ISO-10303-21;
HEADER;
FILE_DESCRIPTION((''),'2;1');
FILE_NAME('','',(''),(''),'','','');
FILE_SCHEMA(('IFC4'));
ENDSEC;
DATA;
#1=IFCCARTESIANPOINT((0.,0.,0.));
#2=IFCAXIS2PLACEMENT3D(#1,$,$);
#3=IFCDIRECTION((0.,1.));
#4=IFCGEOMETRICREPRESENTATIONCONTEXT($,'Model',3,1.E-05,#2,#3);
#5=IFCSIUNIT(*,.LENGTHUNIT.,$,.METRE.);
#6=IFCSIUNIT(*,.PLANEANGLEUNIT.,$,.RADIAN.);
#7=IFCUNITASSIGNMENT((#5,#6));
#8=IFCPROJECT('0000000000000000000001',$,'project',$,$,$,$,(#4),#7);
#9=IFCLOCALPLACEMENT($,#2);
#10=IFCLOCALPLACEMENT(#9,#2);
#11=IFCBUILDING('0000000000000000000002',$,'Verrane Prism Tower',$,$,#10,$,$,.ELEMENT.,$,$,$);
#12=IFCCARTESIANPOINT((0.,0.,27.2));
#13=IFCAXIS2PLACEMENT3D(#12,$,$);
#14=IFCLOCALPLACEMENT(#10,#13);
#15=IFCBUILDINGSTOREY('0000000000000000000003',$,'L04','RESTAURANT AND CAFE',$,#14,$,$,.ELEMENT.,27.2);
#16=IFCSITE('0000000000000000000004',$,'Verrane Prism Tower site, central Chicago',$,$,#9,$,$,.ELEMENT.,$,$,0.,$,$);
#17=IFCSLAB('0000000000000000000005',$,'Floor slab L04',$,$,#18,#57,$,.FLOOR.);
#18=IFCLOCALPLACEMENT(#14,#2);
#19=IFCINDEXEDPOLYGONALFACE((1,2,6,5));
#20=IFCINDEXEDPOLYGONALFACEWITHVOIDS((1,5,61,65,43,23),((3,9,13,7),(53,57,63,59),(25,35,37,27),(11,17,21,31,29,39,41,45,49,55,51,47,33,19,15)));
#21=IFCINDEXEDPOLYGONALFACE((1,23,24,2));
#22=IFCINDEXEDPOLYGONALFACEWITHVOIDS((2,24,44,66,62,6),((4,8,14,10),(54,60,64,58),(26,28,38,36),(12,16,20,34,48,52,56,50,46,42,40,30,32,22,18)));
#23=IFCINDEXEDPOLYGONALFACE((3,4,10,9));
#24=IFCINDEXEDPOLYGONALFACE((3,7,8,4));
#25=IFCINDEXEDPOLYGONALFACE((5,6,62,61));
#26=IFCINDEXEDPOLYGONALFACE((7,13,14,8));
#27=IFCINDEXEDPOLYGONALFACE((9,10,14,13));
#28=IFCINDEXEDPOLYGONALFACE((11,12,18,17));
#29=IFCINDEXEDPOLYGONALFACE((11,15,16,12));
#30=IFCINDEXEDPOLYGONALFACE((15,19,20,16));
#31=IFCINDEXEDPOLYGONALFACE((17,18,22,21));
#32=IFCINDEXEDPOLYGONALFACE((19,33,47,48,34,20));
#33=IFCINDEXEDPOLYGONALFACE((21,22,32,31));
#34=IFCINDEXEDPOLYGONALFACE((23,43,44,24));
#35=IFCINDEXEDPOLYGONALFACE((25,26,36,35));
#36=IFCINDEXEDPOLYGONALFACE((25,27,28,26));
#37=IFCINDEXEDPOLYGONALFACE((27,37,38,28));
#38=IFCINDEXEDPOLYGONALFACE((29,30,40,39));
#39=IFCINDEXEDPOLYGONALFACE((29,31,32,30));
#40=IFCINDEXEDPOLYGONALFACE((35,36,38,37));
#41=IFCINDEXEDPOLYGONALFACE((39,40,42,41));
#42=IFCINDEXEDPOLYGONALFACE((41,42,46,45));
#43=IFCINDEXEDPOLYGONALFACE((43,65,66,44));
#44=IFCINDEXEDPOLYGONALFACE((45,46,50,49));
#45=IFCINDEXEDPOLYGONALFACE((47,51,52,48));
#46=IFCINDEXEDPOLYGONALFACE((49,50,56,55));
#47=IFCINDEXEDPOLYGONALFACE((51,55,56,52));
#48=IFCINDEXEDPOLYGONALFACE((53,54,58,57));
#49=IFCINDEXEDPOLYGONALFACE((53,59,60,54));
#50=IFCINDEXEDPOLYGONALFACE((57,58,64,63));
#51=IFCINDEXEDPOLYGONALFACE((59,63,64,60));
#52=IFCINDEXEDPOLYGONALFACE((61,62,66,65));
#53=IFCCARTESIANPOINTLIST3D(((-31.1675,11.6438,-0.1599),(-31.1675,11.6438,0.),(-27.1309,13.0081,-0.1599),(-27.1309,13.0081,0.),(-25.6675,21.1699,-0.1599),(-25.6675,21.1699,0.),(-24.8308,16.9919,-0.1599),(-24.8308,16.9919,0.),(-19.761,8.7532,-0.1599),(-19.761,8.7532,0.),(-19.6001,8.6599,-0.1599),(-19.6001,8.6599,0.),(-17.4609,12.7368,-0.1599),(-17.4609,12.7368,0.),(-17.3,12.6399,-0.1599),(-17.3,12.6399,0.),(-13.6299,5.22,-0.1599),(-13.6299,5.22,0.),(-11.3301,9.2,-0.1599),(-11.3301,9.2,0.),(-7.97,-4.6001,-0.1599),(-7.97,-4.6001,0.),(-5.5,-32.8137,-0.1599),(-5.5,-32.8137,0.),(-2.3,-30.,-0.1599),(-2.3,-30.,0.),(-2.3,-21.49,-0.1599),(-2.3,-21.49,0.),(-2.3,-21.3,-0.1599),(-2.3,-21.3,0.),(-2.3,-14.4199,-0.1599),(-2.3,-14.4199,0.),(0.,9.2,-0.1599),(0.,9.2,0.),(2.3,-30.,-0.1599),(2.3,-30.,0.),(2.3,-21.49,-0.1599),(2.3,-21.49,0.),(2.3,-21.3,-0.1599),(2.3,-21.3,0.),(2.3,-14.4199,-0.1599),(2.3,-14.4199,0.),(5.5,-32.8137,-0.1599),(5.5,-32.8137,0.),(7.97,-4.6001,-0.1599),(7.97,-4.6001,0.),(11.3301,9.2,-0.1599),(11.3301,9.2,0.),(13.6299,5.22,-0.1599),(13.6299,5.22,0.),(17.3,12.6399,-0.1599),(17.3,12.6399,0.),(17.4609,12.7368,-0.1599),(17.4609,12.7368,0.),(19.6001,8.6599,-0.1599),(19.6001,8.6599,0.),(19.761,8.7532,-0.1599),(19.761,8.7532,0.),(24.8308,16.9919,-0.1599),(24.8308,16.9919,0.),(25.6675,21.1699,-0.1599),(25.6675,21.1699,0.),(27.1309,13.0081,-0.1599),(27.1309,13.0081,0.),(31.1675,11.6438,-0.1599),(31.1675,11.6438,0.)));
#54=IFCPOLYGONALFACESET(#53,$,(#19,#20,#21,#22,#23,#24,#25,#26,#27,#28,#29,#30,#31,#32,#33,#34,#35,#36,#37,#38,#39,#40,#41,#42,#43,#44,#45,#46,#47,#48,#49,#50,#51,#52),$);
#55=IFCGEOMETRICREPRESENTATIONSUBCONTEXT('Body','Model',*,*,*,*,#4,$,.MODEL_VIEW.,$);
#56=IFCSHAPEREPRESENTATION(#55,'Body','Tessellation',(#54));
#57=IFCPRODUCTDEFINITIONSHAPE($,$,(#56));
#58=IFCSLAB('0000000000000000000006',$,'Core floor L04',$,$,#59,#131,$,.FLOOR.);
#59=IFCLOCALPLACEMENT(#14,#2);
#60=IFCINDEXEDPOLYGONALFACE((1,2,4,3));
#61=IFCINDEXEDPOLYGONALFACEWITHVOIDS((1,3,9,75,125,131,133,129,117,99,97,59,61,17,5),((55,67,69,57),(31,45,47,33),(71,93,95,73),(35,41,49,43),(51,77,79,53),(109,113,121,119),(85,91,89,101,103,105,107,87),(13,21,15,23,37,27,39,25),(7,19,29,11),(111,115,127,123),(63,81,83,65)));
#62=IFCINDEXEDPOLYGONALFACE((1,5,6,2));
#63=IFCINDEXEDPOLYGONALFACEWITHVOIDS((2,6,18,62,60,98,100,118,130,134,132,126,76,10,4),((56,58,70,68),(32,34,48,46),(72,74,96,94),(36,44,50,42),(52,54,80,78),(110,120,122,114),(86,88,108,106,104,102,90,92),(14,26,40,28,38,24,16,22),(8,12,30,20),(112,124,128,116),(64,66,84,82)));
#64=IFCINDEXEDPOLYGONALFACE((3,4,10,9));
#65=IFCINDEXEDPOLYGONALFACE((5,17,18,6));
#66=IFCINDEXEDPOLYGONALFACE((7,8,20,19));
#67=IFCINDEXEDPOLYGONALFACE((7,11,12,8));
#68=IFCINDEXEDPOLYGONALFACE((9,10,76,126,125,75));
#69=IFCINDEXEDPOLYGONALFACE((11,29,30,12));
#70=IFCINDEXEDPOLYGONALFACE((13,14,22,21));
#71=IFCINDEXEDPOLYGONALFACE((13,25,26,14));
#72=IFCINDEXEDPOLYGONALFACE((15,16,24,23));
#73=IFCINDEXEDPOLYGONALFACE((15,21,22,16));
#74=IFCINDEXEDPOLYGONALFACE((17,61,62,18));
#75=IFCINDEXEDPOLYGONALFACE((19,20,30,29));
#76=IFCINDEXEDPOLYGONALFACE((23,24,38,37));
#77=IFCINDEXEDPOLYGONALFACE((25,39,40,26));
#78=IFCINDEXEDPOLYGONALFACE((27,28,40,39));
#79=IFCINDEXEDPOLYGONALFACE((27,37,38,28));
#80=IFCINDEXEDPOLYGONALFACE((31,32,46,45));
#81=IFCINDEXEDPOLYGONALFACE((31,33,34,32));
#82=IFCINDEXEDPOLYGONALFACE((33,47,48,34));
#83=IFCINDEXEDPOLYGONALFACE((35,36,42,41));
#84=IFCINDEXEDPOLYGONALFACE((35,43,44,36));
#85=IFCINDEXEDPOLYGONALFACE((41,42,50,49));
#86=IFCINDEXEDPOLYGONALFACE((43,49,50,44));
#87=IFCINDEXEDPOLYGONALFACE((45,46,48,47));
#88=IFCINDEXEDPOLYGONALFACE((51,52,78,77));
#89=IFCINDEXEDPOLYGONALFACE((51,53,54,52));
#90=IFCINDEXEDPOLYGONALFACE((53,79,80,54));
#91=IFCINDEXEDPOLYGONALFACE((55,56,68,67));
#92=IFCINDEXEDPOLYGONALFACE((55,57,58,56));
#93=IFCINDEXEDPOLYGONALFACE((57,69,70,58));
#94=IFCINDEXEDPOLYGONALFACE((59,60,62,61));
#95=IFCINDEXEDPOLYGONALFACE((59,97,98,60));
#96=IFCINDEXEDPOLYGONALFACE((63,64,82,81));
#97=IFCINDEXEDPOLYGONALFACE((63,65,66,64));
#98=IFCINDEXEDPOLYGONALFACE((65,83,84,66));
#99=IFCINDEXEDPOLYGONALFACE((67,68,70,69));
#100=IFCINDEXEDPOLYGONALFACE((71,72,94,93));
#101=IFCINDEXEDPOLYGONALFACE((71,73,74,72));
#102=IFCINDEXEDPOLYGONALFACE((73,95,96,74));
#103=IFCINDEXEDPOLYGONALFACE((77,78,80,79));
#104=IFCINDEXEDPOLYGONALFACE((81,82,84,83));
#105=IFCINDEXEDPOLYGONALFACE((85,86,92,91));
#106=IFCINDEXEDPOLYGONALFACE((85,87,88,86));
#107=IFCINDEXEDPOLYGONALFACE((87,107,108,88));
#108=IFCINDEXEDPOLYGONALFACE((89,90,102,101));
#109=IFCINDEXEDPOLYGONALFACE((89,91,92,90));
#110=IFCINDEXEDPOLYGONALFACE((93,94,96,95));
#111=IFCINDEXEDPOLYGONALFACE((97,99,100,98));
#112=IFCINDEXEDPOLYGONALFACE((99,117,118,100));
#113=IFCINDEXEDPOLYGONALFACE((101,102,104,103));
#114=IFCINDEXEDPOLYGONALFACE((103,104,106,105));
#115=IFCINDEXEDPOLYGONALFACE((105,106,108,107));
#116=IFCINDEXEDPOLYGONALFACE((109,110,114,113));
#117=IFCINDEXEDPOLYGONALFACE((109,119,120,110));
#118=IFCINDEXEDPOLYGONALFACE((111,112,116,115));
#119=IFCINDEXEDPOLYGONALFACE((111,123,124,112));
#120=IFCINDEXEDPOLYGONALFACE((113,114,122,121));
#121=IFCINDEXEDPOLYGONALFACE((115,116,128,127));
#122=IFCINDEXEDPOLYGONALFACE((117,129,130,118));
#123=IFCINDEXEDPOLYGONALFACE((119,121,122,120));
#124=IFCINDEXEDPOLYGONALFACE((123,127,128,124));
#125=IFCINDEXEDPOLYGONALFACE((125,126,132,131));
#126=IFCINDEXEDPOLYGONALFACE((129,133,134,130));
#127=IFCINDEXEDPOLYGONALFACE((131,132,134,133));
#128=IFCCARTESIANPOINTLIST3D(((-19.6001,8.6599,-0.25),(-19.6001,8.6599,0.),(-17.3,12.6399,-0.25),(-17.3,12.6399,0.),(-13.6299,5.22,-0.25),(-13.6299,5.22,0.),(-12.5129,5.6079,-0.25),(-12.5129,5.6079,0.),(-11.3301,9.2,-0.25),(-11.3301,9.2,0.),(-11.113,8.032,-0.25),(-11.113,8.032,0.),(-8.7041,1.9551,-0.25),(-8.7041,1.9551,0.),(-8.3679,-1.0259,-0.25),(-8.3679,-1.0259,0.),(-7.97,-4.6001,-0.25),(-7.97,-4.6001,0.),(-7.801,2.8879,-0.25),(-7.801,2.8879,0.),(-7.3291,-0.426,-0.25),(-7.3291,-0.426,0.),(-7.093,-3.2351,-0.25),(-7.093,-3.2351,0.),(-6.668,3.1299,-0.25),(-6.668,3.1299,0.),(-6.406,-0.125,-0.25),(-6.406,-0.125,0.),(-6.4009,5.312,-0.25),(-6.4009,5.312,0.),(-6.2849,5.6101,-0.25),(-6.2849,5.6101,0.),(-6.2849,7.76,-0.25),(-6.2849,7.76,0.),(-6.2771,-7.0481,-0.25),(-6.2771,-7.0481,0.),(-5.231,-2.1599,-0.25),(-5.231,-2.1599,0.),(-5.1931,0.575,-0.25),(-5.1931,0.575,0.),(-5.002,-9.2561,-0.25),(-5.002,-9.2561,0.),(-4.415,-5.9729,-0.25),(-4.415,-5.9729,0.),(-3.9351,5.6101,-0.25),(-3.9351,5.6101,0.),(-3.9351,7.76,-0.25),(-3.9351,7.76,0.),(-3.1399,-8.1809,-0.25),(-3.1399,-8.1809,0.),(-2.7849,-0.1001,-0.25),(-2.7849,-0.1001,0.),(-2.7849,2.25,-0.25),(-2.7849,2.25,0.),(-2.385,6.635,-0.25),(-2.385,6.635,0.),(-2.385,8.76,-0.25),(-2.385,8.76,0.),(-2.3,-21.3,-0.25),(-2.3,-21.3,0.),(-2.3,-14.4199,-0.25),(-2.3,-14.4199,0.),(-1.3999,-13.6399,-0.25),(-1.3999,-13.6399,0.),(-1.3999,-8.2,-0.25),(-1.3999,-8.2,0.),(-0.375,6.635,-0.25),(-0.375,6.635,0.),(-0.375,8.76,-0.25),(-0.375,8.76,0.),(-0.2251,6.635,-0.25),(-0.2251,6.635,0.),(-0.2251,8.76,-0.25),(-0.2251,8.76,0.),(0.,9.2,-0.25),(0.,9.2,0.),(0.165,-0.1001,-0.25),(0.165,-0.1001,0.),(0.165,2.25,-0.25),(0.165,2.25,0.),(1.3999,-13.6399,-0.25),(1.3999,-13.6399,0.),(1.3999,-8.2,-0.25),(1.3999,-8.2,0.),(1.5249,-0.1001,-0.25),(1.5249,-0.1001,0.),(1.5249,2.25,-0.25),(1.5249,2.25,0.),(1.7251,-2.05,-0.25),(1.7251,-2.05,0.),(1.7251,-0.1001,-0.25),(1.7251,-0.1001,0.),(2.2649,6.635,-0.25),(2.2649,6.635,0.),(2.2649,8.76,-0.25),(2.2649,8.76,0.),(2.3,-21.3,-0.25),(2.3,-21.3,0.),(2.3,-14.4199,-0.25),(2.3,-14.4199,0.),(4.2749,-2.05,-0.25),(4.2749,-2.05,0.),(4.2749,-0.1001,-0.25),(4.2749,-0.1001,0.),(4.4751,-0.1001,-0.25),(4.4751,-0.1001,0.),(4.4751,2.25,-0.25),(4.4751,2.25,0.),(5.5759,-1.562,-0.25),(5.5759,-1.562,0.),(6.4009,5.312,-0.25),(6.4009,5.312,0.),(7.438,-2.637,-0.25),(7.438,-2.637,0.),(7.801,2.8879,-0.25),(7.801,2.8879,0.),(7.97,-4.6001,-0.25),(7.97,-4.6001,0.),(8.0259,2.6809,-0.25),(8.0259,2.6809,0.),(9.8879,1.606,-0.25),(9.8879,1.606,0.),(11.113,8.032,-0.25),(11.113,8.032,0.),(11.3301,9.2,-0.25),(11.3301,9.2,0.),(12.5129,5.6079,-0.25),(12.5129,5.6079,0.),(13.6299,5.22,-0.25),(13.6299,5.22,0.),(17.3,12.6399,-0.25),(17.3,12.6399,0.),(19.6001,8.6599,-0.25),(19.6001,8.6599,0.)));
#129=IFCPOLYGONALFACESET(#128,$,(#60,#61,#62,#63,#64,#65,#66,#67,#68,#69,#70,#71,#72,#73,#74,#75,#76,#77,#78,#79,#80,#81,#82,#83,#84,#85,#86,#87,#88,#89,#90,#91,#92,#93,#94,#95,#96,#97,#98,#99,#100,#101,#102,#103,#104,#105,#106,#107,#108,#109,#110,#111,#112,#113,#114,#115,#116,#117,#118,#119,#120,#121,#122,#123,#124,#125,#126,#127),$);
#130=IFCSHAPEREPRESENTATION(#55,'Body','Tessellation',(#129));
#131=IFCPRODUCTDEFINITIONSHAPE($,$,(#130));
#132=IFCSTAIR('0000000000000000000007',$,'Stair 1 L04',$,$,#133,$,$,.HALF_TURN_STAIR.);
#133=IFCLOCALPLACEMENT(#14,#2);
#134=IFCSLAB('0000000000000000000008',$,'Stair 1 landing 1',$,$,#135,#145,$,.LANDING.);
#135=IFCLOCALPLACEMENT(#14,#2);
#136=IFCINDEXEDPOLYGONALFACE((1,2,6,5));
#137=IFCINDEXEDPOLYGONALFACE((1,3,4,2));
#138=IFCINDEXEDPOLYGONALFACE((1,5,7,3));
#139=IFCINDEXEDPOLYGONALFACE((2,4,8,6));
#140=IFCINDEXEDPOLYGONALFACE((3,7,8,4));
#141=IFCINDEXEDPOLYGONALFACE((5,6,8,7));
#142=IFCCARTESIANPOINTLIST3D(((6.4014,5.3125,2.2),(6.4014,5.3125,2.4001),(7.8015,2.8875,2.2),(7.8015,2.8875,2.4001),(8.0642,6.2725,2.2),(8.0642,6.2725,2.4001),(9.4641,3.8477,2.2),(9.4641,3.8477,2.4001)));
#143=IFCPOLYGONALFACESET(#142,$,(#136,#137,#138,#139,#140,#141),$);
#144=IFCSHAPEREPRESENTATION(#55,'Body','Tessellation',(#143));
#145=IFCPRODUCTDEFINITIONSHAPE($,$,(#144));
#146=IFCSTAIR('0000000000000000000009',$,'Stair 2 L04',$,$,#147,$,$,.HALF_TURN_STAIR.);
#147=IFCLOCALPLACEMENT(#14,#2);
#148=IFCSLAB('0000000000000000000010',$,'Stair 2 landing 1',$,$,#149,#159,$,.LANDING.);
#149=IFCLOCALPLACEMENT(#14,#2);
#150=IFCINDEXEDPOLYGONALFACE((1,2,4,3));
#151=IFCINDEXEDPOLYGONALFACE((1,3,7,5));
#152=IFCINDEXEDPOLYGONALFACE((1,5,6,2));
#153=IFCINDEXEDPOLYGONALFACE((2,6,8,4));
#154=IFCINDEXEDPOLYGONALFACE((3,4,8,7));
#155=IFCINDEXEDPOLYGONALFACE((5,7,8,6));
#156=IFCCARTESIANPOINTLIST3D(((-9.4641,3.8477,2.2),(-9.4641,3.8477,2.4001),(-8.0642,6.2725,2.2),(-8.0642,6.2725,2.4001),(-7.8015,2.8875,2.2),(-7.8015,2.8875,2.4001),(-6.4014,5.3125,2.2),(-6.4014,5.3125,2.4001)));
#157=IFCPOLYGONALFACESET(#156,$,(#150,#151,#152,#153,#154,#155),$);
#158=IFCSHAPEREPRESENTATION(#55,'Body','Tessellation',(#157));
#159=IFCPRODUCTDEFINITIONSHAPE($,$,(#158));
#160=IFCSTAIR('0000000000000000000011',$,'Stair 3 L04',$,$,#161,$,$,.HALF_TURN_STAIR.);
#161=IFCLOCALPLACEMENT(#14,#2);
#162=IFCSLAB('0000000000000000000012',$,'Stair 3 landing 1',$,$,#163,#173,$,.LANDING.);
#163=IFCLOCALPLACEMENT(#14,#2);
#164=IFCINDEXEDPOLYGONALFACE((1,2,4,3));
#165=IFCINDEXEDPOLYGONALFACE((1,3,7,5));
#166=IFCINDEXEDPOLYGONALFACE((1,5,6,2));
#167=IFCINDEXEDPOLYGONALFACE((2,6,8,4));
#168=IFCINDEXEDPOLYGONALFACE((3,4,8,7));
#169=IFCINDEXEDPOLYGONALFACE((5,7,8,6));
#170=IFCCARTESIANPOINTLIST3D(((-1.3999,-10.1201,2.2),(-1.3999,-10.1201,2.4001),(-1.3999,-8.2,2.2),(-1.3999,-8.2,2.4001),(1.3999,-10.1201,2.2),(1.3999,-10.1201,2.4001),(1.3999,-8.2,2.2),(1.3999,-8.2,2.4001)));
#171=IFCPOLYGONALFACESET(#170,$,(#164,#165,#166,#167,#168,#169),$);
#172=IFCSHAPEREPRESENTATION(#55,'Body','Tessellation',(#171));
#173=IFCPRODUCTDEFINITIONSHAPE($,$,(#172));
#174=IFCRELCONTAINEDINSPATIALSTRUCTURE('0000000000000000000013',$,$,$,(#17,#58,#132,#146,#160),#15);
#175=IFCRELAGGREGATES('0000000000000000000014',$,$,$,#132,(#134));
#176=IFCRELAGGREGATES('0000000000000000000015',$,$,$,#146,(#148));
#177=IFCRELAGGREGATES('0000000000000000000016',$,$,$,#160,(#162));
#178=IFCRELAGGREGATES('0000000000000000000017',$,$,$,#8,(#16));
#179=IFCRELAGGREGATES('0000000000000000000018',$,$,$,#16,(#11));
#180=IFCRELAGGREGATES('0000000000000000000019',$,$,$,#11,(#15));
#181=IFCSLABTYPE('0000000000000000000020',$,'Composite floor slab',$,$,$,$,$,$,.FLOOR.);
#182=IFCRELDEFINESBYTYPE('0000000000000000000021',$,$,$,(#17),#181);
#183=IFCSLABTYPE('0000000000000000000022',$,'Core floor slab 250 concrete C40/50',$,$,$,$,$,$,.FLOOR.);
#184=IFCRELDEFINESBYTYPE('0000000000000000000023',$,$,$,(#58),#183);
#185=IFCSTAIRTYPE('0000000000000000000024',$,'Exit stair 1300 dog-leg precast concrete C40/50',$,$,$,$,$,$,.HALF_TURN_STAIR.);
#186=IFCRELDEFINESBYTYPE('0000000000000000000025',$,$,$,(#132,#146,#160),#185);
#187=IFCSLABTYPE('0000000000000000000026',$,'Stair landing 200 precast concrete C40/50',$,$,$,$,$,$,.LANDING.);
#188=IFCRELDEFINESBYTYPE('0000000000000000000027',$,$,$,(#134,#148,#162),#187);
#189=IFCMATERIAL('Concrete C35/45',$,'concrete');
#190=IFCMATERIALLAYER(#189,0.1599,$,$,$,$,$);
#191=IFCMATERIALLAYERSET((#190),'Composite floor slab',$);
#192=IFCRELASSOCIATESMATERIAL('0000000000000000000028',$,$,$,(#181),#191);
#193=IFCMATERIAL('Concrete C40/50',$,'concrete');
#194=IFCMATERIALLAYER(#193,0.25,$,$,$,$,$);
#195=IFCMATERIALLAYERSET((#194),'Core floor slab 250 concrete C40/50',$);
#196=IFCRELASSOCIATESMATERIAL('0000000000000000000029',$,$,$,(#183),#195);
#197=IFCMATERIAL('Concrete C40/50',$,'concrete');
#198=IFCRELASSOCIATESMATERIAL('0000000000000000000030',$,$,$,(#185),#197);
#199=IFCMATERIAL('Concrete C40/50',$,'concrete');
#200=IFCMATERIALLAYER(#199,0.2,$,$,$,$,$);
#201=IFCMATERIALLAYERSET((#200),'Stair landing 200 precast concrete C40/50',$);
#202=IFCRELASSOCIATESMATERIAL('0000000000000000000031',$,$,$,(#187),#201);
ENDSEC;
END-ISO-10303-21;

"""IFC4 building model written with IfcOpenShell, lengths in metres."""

from ifc_helpers import new_model, si_unit, direction, frame, origin, place, context, subcontext, project, spatial, polyline, outline, extrude, material, layer, layer_set, type_object, element, aggregate, save


model = new_model("IFC4")

# Units and contexts
model_context = context("Model", 3, precision=1e-05, world=origin(), true_north=direction((0.0, 1.0)))
body_context = subcontext(model_context, "Body", "Model", "MODEL_VIEW")
ifc_project = project(units=[si_unit("LENGTHUNIT", "METRE"), si_unit("PLANEANGLEUNIT", "RADIAN")], contexts=[model_context])

# Site, building, storey
site_placement = place(None, origin())
site = spatial("IfcSite", under=ifc_project, at=site_placement, Name="Verrane Prism Tower site, central Chicago", CompositionType="ELEMENT", RefElevation=0.0)
building_placement = place(site_placement, origin())
building = spatial("IfcBuilding", under=site, at=building_placement, Name="Verrane Prism Tower", CompositionType="ELEMENT")
storey_placement = place(building_placement, frame((0.0, 0.0, 27.2)))
storey = spatial("IfcBuildingStorey", under=building, at=storey_placement, Name="L04", Description="RESTAURANT AND CAFE", CompositionType="ELEMENT", Elevation=27.2)

# Slabs
ifc_material_1 = material(Name="Concrete C35/45", Category="concrete")
ifc_layer_1 = layer(ifc_material_1, 0.1599)
ifc_layer_set_1 = layer_set([ifc_layer_1], Name="Composite floor slab")
slab_type_1 = type_object("IfcSlabType", Name="Composite floor slab", PredefinedType="FLOOR", material=ifc_layer_set_1)
slab_1_placement = place(storey_placement, frame((0.0, 0.0, -0.1599)))
element("IfcSlab", 1, at=slab_1_placement, inside=storey, type_object=slab_type_1, Name="Floor slab L04", PredefinedType="FLOOR", context=body_context, shape_type="SweptSolid", body=[
    extrude(outline(polyline([(-25.6675, 21.1699), (25.6675, 21.1699), (31.1675, 11.6438), (5.5, -32.8137), (-5.5, -32.8137), (-31.1675, 11.6438), (-25.6675, 21.1699)]), holes=[polyline([(0.0, 9.2), (-11.3301, 9.2), (-17.3, 12.6399), (-19.6001, 8.6599), (-13.6299, 5.22), (-7.97, -4.6001), (-2.3, -14.4199), (-2.3, -21.3), (2.3, -21.3), (2.3, -14.4199), (7.97, -4.6001), (13.6299, 5.22), (19.6001, 8.6599), (17.3, 12.6399), (11.3301, 9.2), (0.0, 9.2)]), polyline([(17.4609, 12.7368), (19.761, 8.7532), (27.1309, 13.0081), (24.8308, 16.9919), (17.4609, 12.7368)]), polyline([(-27.1309, 13.0081), (-19.761, 8.7532), (-17.4609, 12.7368), (-24.8308, 16.9919), (-27.1309, 13.0081)]), polyline([(-2.3, -30.0), (2.3, -30.0), (2.3, -21.49), (-2.3, -21.49), (-2.3, -30.0)])]), origin(), (0.0, 0.0, 1.0), 0.1599),
])
ifc_material_2 = material(Name="Concrete C40/50", Category="concrete")
ifc_layer_2 = layer(ifc_material_2, 0.25)
ifc_layer_set_2 = layer_set([ifc_layer_2], Name="Core floor slab 250 concrete C40/50")
slab_type_2 = type_object("IfcSlabType", Name="Core floor slab 250 concrete C40/50", PredefinedType="FLOOR", material=ifc_layer_set_2)
slab_2_placement = place(storey_placement, frame((0.0, 0.0, -0.25)))
element("IfcSlab", 2, at=slab_2_placement, inside=storey, type_object=slab_type_2, Name="Core floor L04", PredefinedType="FLOOR", context=body_context, shape_type="SweptSolid", body=[
    extrude(outline(polyline([(13.6299, 5.22), (19.6001, 8.6599), (17.3, 12.6399), (11.3301, 9.2), (0.0, 9.2), (-11.3301, 9.2), (-17.3, 12.6399), (-19.6001, 8.6599), (-13.6299, 5.22), (-7.97, -4.6001), (-2.3, -14.4199), (-2.3, -21.3), (2.3, -21.3), (2.3, -14.4199), (7.97, -4.6001), (13.6299, 5.22)]), holes=[polyline([(-3.1399, -8.1809), (-5.002, -9.2561), (-6.2771, -7.0481), (-4.415, -5.9729), (-3.1399, -8.1809)]), polyline([(0.165, 2.25), (0.165, -0.1001), (-2.7849, -0.1001), (-2.7849, 2.25), (0.165, 2.25)]), polyline([(-7.801, 2.8879), (-12.5129, 5.6079), (-11.113, 8.032), (-6.4009, 5.312), (-7.801, 2.8879)]), polyline([(-6.2849, 5.6101), (-6.2849, 7.76), (-3.9351, 7.76), (-3.9351, 5.6101), (-6.2849, 5.6101)]), polyline([(-2.385, 6.635), (-2.385, 8.76), (-0.375, 8.76), (-0.375, 6.635), (-2.385, 6.635)]), polyline([(1.3999, -8.2), (1.3999, -13.6399), (-1.3999, -13.6399), (-1.3999, -8.2), (1.3999, -8.2)]), polyline([(4.2749, -2.05), (1.7251, -2.05), (1.7251, -0.1001), (1.5249, -0.1001), (1.5249, 2.25), (4.4751, 2.25), (4.4751, -0.1001), (4.2749, -0.1001), (4.2749, -2.05)]), polyline([(9.8879, 1.606), (7.438, -2.637), (5.5759, -1.562), (8.0259, 2.6809), (9.8879, 1.606)]), polyline([(11.113, 8.032), (12.5129, 5.6079), (7.801, 2.8879), (6.4009, 5.312), (11.113, 8.032)]), polyline([(-0.2251, 8.76), (2.2649, 8.76), (2.2649, 6.635), (-0.2251, 6.635), (-0.2251, 8.76)]), polyline([(-5.231, -2.1599), (-7.093, -3.2351), (-8.3679, -1.0259), (-7.3291, -0.426), (-8.7041, 1.9551), (-6.668, 3.1299), (-5.1931, 0.575), (-6.406, -0.125), (-5.231, -2.1599)])]), origin(), (0.0, 0.0, 1.0), 0.25),
])

# Stairs, slabs
ifc_material_3 = material(Name="Concrete C40/50", Category="concrete")
stair_type = type_object("IfcStairType", Name="Exit stair 1300 dog-leg precast concrete C40/50", PredefinedType="HALF_TURN_STAIR", material=ifc_material_3)
stair_1_placement = place(storey_placement, origin())
stair_1 = element("IfcStair", 3, at=stair_1_placement, inside=storey, type_object=stair_type, Name="Stair 1 L04", PredefinedType="HALF_TURN_STAIR")
ifc_material_4 = material(Name="Concrete C40/50", Category="concrete")
ifc_layer_3 = layer(ifc_material_4, 0.2)
ifc_layer_set_3 = layer_set([ifc_layer_3], Name="Stair landing 200 precast concrete C40/50")
slab_type_3 = type_object("IfcSlabType", Name="Stair landing 200 precast concrete C40/50", PredefinedType="LANDING", material=ifc_layer_set_3)
slab_3_placement = place(storey_placement, frame((0.0, 0.0, 2.2)))
slab_3 = element("IfcSlab", 4, at=slab_3_placement, type_object=slab_type_3, Name="Stair 1 landing 1", PredefinedType="LANDING", context=body_context, shape_type="SweptSolid", body=[
    extrude(outline(polyline([(8.0642, 6.2725), (6.4014, 5.3125), (7.8015, 2.8875), (9.4641, 3.8477), (8.0642, 6.2725)])), origin(), (0.0, 0.0, 1.0), 0.2002),
])
aggregate(stair_1, [slab_3])
stair_2_placement = place(storey_placement, origin())
stair_2 = element("IfcStair", 5, at=stair_2_placement, inside=storey, type_object=stair_type, Name="Stair 2 L04", PredefinedType="HALF_TURN_STAIR")
slab_4_placement = place(storey_placement, frame((0.0, 0.0, 2.2)))
slab_4 = element("IfcSlab", 6, at=slab_4_placement, type_object=slab_type_3, Name="Stair 2 landing 1", PredefinedType="LANDING", context=body_context, shape_type="SweptSolid", body=[
    extrude(outline(polyline([(-9.4641, 3.8477), (-7.8015, 2.8875), (-6.4014, 5.3125), (-8.0642, 6.2725), (-9.4641, 3.8477)])), origin(), (0.0, 0.0, 1.0), 0.2002),
])
aggregate(stair_2, [slab_4])
stair_3_placement = place(storey_placement, origin())
stair_3 = element("IfcStair", 7, at=stair_3_placement, inside=storey, type_object=stair_type, Name="Stair 3 L04", PredefinedType="HALF_TURN_STAIR")
slab_5_placement = place(storey_placement, frame((0.0, 0.0, 2.2)))
slab_5 = element("IfcSlab", 8, at=slab_5_placement, type_object=slab_type_3, Name="Stair 3 landing 1", PredefinedType="LANDING", context=body_context, shape_type="SweptSolid", body=[
    extrude(outline(polyline([(1.3999, -10.1201), (1.3999, -8.2), (-1.3999, -8.2), (-1.3999, -10.1201), (1.3999, -10.1201)])), origin(), (0.0, 0.0, 1.0), 0.2002),
])

aggregate(stair_3, [slab_5])

save(model, "model.ifc")
